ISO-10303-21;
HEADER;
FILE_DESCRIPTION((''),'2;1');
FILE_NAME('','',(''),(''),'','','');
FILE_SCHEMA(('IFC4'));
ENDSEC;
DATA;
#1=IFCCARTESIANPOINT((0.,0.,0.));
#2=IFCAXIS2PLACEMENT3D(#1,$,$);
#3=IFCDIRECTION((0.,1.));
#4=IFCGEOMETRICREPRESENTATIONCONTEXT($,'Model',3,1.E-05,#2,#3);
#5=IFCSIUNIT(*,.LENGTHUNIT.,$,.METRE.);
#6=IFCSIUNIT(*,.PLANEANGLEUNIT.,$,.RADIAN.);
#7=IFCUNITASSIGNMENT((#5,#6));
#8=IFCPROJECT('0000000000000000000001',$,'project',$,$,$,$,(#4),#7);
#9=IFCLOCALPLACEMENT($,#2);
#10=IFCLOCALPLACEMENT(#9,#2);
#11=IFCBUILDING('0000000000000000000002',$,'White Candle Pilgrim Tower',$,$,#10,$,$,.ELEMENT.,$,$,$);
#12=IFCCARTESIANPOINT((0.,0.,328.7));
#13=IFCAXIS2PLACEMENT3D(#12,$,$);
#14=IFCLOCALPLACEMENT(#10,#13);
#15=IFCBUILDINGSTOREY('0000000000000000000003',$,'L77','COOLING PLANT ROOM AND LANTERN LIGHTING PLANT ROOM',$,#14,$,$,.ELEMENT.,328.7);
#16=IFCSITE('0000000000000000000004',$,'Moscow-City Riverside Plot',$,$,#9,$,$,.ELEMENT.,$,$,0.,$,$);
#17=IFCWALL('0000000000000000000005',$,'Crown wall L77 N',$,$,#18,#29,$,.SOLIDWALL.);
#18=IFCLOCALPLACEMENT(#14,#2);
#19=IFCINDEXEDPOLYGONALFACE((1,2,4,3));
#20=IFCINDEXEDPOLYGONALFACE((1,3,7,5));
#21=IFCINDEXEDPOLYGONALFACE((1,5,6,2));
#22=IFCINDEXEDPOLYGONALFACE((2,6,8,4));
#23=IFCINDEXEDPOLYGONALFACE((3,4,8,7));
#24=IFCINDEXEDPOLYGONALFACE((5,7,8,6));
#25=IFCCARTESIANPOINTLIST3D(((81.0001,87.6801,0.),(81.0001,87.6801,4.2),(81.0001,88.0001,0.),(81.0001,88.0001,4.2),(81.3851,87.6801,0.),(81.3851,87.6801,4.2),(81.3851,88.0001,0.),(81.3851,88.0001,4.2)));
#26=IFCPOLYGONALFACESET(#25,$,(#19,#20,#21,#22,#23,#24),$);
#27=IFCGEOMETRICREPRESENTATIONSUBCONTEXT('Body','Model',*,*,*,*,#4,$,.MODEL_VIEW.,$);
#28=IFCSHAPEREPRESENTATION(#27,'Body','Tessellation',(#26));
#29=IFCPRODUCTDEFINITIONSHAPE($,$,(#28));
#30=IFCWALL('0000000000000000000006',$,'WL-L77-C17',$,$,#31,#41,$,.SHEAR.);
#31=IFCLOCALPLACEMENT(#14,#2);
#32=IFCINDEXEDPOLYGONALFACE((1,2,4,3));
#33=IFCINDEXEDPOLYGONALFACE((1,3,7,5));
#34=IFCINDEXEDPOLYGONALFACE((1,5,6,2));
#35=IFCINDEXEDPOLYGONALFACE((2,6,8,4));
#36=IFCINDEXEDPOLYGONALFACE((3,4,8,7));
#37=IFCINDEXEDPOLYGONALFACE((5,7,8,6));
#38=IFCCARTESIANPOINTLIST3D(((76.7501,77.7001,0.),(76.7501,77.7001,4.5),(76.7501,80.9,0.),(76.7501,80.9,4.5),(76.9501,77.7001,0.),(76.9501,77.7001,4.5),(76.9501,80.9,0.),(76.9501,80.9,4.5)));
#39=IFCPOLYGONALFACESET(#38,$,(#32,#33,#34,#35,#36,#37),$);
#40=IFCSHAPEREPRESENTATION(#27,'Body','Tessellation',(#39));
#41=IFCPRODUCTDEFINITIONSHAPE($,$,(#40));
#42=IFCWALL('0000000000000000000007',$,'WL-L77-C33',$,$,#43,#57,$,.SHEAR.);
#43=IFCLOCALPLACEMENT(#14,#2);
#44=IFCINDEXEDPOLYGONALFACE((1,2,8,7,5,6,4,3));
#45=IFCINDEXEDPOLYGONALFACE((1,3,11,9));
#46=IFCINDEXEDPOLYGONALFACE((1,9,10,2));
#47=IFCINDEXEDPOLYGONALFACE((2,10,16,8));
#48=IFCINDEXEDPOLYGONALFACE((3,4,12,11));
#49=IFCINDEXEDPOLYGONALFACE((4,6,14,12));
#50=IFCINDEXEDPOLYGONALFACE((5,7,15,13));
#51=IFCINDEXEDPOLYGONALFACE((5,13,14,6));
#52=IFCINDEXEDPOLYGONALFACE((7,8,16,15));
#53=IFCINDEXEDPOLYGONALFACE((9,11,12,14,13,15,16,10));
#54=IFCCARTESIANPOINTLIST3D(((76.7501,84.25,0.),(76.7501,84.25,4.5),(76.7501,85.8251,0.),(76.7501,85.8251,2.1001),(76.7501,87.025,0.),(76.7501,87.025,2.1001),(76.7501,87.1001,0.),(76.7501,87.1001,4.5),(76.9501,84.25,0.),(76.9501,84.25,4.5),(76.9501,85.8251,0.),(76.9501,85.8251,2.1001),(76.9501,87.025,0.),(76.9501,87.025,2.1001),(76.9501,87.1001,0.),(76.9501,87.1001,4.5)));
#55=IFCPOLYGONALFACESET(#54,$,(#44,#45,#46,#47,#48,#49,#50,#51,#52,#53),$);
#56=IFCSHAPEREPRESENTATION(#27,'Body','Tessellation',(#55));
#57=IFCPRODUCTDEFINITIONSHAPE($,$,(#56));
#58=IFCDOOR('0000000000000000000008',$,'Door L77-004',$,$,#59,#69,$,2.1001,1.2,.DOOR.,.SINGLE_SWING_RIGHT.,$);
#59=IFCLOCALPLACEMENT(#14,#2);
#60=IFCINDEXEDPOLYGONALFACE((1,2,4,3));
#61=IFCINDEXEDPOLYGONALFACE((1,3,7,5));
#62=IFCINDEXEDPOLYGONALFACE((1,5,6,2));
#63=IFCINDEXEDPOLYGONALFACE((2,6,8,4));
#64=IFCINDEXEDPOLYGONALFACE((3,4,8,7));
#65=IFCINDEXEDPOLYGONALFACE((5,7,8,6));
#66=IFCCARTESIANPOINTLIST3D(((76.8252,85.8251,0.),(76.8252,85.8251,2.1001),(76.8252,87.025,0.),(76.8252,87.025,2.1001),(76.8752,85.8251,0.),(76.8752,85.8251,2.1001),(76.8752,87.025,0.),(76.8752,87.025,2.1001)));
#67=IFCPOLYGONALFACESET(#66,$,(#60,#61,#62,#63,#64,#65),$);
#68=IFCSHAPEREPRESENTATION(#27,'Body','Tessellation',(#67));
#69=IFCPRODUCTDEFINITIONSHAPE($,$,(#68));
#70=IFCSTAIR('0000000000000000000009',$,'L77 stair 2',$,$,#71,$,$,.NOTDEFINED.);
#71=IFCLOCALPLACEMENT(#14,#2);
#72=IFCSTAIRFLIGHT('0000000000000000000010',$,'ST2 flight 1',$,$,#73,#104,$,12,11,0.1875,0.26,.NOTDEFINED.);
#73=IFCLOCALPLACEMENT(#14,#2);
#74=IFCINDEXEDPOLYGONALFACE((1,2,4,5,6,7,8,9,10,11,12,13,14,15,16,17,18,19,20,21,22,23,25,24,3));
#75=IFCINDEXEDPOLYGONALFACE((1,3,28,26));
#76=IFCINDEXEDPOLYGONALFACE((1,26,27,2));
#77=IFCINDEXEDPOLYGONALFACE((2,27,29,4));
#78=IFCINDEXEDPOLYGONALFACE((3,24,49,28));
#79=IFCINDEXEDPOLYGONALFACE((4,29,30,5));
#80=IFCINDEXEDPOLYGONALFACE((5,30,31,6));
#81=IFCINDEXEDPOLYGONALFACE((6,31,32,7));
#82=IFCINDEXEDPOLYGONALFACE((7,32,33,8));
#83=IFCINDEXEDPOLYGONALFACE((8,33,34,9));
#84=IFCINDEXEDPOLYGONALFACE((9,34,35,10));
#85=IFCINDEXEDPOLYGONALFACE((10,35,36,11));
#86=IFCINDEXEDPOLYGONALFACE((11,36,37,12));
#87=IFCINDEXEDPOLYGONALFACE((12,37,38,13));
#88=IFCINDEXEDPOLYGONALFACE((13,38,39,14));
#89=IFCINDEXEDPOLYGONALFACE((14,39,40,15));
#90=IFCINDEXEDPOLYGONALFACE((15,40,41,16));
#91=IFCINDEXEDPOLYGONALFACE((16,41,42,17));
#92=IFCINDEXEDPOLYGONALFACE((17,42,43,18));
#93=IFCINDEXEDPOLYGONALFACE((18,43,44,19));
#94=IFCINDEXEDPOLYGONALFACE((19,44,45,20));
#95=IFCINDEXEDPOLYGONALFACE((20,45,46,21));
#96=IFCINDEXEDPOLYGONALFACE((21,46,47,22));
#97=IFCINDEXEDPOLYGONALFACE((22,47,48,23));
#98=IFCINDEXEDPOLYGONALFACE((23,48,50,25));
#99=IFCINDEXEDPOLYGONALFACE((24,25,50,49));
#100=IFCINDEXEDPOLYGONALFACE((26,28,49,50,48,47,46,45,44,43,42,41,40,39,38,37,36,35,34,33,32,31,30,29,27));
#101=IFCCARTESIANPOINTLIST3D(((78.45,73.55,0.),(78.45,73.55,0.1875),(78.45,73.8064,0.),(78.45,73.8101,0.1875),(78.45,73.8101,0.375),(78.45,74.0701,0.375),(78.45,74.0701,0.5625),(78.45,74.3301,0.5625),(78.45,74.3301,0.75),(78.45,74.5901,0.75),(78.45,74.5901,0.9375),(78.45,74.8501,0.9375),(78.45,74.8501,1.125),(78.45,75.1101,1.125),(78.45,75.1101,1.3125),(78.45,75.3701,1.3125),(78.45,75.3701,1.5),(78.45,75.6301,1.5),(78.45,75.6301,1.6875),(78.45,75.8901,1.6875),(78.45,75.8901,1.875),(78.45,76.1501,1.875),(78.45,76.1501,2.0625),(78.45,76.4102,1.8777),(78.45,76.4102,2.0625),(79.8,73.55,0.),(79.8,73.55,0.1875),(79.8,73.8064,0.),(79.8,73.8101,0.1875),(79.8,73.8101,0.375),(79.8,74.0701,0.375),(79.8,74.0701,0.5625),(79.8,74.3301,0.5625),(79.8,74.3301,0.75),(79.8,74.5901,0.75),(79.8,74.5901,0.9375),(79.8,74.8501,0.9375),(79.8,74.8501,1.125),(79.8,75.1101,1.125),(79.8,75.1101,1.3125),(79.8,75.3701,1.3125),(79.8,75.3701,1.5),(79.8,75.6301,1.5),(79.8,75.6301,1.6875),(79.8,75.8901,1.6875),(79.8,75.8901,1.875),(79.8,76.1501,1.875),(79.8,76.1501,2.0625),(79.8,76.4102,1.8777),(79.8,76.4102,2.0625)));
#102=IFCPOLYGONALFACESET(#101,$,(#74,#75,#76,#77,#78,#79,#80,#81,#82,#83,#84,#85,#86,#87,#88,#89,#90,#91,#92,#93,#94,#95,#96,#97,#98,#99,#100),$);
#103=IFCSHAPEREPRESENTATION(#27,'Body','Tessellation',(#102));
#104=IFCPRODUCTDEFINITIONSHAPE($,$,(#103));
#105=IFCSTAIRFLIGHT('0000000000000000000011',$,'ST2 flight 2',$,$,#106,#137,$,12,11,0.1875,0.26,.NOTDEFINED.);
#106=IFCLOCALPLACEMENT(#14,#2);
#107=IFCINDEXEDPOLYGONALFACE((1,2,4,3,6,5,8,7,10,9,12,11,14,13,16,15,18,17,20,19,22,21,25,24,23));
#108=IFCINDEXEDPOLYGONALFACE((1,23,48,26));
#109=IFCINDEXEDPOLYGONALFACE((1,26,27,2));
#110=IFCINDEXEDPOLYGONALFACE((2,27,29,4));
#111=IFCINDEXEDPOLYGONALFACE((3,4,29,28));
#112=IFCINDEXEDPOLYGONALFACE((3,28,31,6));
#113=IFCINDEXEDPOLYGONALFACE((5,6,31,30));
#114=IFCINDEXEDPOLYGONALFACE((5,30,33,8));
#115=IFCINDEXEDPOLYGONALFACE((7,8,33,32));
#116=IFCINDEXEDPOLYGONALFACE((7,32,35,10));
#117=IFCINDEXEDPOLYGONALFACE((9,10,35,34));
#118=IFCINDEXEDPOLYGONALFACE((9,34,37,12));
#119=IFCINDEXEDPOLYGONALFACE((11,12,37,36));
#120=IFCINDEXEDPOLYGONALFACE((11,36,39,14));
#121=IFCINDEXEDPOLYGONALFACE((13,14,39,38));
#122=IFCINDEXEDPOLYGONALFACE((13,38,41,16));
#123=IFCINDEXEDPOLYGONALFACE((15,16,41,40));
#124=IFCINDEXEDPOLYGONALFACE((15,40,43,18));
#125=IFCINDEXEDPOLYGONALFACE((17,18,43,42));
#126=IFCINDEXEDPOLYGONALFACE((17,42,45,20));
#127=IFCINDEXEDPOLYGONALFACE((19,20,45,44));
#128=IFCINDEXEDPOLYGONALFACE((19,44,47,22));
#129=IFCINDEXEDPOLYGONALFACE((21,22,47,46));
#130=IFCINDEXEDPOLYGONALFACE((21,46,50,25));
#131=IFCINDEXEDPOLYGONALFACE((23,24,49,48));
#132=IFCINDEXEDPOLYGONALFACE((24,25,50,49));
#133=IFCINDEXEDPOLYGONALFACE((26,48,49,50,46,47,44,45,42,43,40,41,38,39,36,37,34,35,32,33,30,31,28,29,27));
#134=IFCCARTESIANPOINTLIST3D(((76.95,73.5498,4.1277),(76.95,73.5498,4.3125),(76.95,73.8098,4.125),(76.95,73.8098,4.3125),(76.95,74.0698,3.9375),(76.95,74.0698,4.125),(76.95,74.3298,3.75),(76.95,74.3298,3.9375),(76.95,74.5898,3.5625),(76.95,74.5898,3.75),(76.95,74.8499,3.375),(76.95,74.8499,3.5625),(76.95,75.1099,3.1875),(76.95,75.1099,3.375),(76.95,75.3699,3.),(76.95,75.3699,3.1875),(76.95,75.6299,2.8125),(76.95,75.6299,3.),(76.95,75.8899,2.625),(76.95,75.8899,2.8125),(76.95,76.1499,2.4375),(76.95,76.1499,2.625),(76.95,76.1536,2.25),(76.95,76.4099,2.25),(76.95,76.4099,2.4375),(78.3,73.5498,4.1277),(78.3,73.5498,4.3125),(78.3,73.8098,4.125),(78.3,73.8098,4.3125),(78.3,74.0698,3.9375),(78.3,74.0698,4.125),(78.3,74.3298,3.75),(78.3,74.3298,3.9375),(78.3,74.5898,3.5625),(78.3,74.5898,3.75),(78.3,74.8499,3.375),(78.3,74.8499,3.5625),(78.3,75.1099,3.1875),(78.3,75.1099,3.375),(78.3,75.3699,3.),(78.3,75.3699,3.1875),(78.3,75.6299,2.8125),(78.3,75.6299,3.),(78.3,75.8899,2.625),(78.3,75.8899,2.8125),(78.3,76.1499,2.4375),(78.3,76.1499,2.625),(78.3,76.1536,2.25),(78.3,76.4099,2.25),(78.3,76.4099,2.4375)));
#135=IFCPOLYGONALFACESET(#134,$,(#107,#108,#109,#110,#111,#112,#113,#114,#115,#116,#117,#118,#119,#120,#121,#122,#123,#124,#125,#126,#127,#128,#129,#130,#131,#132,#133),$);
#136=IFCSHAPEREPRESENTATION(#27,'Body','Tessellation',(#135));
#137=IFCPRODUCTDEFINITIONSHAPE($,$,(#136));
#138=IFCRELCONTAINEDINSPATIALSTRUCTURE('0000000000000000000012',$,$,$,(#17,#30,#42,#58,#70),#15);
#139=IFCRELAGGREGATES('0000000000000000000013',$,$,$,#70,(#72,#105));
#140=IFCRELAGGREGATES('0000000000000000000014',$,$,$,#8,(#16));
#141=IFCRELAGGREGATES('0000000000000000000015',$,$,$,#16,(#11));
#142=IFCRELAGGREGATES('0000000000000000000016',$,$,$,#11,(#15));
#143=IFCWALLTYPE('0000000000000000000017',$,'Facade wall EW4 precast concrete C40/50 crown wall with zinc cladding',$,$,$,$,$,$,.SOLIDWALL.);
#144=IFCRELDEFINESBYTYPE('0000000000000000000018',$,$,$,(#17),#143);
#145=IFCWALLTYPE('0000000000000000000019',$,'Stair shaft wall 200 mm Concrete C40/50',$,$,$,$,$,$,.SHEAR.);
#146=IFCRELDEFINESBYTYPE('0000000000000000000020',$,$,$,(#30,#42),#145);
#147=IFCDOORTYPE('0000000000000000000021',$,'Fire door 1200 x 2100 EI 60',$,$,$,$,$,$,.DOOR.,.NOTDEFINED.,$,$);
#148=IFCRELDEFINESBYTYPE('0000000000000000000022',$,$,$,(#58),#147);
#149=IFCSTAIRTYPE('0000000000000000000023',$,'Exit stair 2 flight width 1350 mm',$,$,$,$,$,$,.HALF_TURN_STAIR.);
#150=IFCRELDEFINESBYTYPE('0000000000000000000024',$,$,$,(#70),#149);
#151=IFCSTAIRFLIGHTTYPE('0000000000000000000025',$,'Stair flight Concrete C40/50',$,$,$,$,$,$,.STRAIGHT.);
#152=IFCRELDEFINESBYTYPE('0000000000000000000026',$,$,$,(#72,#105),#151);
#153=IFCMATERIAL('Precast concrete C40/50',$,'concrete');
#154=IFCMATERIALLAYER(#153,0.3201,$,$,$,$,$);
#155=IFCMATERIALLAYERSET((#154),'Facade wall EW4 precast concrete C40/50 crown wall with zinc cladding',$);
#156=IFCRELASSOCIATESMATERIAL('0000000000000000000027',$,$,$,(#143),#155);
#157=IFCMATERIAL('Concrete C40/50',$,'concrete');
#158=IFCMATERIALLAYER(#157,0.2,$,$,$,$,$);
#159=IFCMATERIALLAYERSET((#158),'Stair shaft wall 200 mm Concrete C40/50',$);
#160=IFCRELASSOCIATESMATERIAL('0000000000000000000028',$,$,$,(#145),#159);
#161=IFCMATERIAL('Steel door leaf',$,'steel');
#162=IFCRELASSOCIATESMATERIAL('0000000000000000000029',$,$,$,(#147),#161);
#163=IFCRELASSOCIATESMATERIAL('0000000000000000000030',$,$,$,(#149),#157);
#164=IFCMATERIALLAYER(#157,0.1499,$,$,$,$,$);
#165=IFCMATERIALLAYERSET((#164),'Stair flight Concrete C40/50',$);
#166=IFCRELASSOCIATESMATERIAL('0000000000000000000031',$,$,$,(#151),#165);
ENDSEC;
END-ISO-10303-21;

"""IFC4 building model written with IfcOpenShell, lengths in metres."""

from ifc_helpers import new_model, si_unit, direction, frame, frame_2d, origin, place, context, subcontext, project, spatial, polyline, rectangle, outline, extrude, material, layer, layer_set, type_object, element, fill, aggregate, save


model = new_model("IFC4")

# Units and contexts
model_context = context("Model", 3, precision=1e-05, world=origin(), true_north=direction((0.0, 1.0)))
body_context = subcontext(model_context, "Body", "Model", "MODEL_VIEW")
ifc_project = project(units=[si_unit("LENGTHUNIT", "METRE"), si_unit("PLANEANGLEUNIT", "RADIAN")], contexts=[model_context])

# Site, building, storey
site_placement = place(None, origin())
site = spatial("IfcSite", under=ifc_project, at=site_placement, Name="Moscow-City Riverside Plot", CompositionType="ELEMENT", RefElevation=0.0)
building_placement = place(site_placement, origin())
building = spatial("IfcBuilding", under=site, at=building_placement, Name="White Candle Pilgrim Tower", CompositionType="ELEMENT")
storey_placement = place(building_placement, frame((0.0, 0.0, 328.7)))
storey = spatial("IfcBuildingStorey", under=building, at=storey_placement, Name="L77", Description="COOLING PLANT ROOM AND LANTERN LIGHTING PLANT ROOM", CompositionType="ELEMENT", Elevation=328.7)

# Shared definitions
ifc_material_1 = material(Name="Concrete C40/50", Category="concrete")

# Shared definitions
ifc_material_2 = material(Name="Steel door leaf", Category="steel")

# Walls
ifc_material_3 = material(Name="Precast concrete C40/50", Category="concrete")
ifc_layer_1 = layer(ifc_material_3, 0.3201)
ifc_layer_set_1 = layer_set([ifc_layer_1], Name="Facade wall EW4 precast concrete C40/50 crown wall with zinc cladding")
wall_type_1 = type_object("IfcWallType", Name="Facade wall EW4 precast concrete C40/50 crown wall with zinc cladding", PredefinedType="SOLIDWALL", material=ifc_layer_set_1)
wall_1_placement = place(storey_placement, frame((81.385, 87.8401, 0.0), z_axis=(0.0, 0.0, 1.0), x_axis=(-1.0, 0.0, 0.0)))
element("IfcWall", 1, at=wall_1_placement, inside=storey, type_object=wall_type_1, Name="Crown wall L77 N", PredefinedType="SOLIDWALL", context=body_context, shape_type="SweptSolid", body=[
    extrude(rectangle(XDim=0.385, YDim=0.3201, at=frame_2d((0.1924, 0.0))), origin(), (0.0, 0.0, 1.0), 4.2),
])
ifc_layer_2 = layer(ifc_material_1, 0.2)
ifc_layer_set_2 = layer_set([ifc_layer_2], Name="Stair shaft wall 200 mm Concrete C40/50")
wall_type_2 = type_object("IfcWallType", Name="Stair shaft wall 200 mm Concrete C40/50", PredefinedType="SHEAR", material=ifc_layer_set_2)
wall_2_placement = place(storey_placement, frame((76.8501, 77.7, 0.0), z_axis=(0.0, 0.0, 1.0), x_axis=(0.0, 1.0, 0.0)))
element("IfcWall", 2, at=wall_2_placement, inside=storey, type_object=wall_type_2, Name="WL-L77-C17", PredefinedType="SHEAR", context=body_context, shape_type="SweptSolid", body=[
    extrude(rectangle(XDim=3.2, YDim=0.2, at=frame_2d((1.6001, 0.0))), origin(), (0.0, 0.0, 1.0), 4.5),
])

# Wall, opening, door
wall_3_placement = place(storey_placement, frame((76.8501, 84.25, 0.0), z_axis=(0.0, 0.0, 1.0), x_axis=(0.0, 1.0, 0.0)))
wall_3 = element("IfcWall", 3, at=wall_3_placement, inside=storey, type_object=wall_type_2, Name="WL-L77-C33", PredefinedType="SHEAR", context=body_context, shape_type="SweptSolid", body=[
    extrude(rectangle(XDim=2.8501, YDim=0.2, at=frame_2d((1.425, 0.0))), origin(), (0.0, 0.0, 1.0), 4.5),
])
opening_1_placement = place(wall_3_placement, frame((1.575, 0.0, 0.0)))
opening_1 = element("IfcOpeningElement", 4, at=opening_1_placement, cuts=wall_3, PredefinedType="OPENING", context=body_context, shape_type="SweptSolid", body=[
    extrude(rectangle(XDim=1.2, YDim=2.1001, at=frame_2d((0.6001, 1.05))), frame((0.0, 0.1099, 0.0), z_axis=(0.0, -1.0, 0.0), x_axis=(1.0, 0.0, 0.0)), (0.0, 0.0, 1.0), 0.22),
])
door_type_1 = type_object("IfcDoorType", Name="Fire door 1200 x 2100 EI 60", OperationType="NOTDEFINED", PredefinedType="DOOR", material=ifc_material_2)
door_1_placement = place(opening_1_placement, origin())
door_1 = element("IfcDoor", 5, at=door_1_placement, inside=storey, type_object=door_type_1, Name="Door L77-004", OperationType="SINGLE_SWING_RIGHT", OverallHeight=2.1001, OverallWidth=1.2, PredefinedType="DOOR", context=body_context, shape_type="SweptSolid", body=[
    extrude(rectangle(XDim=1.2, YDim=2.1001, at=frame_2d((0.6001, 1.05))), frame((0.0, 0.0249, 0.0), z_axis=(0.0, -1.0, 0.0), x_axis=(1.0, 0.0, 0.0)), (0.0, 0.0, 1.0), 0.05),
])
fill(opening_1, door_1)

# Stair, stair flights
stair_type = type_object("IfcStairType", Name="Exit stair 2 flight width 1350 mm", PredefinedType="HALF_TURN_STAIR", material=ifc_material_1)
stair_placement = place(storey_placement, origin())
stair = element("IfcStair", 6, at=stair_placement, inside=storey, type_object=stair_type, Name="L77 stair 2", PredefinedType="NOTDEFINED")
ifc_layer_3 = layer(ifc_material_1, 0.1499)
ifc_layer_set_3 = layer_set([ifc_layer_3], Name="Stair flight Concrete C40/50")
stair_flight_type = type_object("IfcStairFlightType", Name="Stair flight Concrete C40/50", PredefinedType="STRAIGHT", material=ifc_layer_set_3)
stair_flight_1_placement = place(storey_placement, frame((79.125, 73.55, 0.0), z_axis=(0.0, 0.0, 1.0), x_axis=(0.0, 1.0, 0.0)))
stair_flight_1 = element("IfcStairFlight", 7, at=stair_flight_1_placement, type_object=stair_flight_type, Name="ST2 flight 1", NumberOfRisers=12, NumberOfTreads=11, PredefinedType="NOTDEFINED", RiserHeight=0.1875, TreadLength=0.26, context=body_context, shape_type="SweptSolid", body=[
    extrude(outline(polyline([(0.0, 0.0), (0.0, 0.1875), (0.26, 0.1875), (0.26, 0.375), (0.52, 0.375), (0.52, 0.5625), (0.78, 0.5625), (0.78, 0.75), (1.04, 0.75), (1.04, 0.9375), (1.3, 0.9375), (1.3, 1.125), (1.5601, 1.125), (1.5601, 1.3125), (1.8201, 1.3125), (1.8201, 1.5), (2.0801, 1.5), (2.0801, 1.6875), (2.3401, 1.6875), (2.3401, 1.875), (2.6001, 1.875), (2.6001, 2.0625), (2.8601, 2.0625), (2.8601, 2.25), (2.8601, 1.8777), (0.2563, 0.0), (0.0, 0.0)])), frame((0.0, 0.675, 0.0), z_axis=(0.0, -1.0, 0.0), x_axis=(1.0, 0.0, 0.0)), (0.0, 0.0, 1.0), 1.3501),
])
stair_flight_2_placement = place(storey_placement, frame((77.625, 76.4099, 2.25), z_axis=(0.0, 0.0, 1.0), x_axis=(0.0, -1.0, 0.0)))
stair_flight_2 = element("IfcStairFlight", 8, at=stair_flight_2_placement, type_object=stair_flight_type, Name="ST2 flight 2", NumberOfRisers=12, NumberOfTreads=11, PredefinedType="NOTDEFINED", RiserHeight=0.1875, TreadLength=0.26, context=body_context, shape_type="SweptSolid", body=[
    extrude(outline(polyline([(0.0, 0.0), (0.0, 0.1875), (0.26, 0.1875), (0.26, 0.375), (0.52, 0.375), (0.52, 0.5625), (0.78, 0.5625), (0.78, 0.75), (1.04, 0.75), (1.04, 0.9375), (1.3, 0.9375), (1.3, 1.125), (1.5601, 1.125), (1.5601, 1.3125), (1.8201, 1.3125), (1.8201, 1.5), (2.0801, 1.5), (2.0801, 1.6875), (2.3401, 1.6875), (2.3401, 1.875), (2.6001, 1.875), (2.6001, 2.0625), (2.8601, 2.0625), (2.8601, 2.25), (2.8601, 1.8777), (0.2563, 0.0), (0.0, 0.0)])), frame((0.0, 0.675, 0.0), z_axis=(0.0, -1.0, 0.0), x_axis=(1.0, 0.0, 0.0)), (0.0, 0.0, 1.0), 1.3501),
])
aggregate(stair, [stair_flight_1, stair_flight_2])

save(model, "model.ifc")
